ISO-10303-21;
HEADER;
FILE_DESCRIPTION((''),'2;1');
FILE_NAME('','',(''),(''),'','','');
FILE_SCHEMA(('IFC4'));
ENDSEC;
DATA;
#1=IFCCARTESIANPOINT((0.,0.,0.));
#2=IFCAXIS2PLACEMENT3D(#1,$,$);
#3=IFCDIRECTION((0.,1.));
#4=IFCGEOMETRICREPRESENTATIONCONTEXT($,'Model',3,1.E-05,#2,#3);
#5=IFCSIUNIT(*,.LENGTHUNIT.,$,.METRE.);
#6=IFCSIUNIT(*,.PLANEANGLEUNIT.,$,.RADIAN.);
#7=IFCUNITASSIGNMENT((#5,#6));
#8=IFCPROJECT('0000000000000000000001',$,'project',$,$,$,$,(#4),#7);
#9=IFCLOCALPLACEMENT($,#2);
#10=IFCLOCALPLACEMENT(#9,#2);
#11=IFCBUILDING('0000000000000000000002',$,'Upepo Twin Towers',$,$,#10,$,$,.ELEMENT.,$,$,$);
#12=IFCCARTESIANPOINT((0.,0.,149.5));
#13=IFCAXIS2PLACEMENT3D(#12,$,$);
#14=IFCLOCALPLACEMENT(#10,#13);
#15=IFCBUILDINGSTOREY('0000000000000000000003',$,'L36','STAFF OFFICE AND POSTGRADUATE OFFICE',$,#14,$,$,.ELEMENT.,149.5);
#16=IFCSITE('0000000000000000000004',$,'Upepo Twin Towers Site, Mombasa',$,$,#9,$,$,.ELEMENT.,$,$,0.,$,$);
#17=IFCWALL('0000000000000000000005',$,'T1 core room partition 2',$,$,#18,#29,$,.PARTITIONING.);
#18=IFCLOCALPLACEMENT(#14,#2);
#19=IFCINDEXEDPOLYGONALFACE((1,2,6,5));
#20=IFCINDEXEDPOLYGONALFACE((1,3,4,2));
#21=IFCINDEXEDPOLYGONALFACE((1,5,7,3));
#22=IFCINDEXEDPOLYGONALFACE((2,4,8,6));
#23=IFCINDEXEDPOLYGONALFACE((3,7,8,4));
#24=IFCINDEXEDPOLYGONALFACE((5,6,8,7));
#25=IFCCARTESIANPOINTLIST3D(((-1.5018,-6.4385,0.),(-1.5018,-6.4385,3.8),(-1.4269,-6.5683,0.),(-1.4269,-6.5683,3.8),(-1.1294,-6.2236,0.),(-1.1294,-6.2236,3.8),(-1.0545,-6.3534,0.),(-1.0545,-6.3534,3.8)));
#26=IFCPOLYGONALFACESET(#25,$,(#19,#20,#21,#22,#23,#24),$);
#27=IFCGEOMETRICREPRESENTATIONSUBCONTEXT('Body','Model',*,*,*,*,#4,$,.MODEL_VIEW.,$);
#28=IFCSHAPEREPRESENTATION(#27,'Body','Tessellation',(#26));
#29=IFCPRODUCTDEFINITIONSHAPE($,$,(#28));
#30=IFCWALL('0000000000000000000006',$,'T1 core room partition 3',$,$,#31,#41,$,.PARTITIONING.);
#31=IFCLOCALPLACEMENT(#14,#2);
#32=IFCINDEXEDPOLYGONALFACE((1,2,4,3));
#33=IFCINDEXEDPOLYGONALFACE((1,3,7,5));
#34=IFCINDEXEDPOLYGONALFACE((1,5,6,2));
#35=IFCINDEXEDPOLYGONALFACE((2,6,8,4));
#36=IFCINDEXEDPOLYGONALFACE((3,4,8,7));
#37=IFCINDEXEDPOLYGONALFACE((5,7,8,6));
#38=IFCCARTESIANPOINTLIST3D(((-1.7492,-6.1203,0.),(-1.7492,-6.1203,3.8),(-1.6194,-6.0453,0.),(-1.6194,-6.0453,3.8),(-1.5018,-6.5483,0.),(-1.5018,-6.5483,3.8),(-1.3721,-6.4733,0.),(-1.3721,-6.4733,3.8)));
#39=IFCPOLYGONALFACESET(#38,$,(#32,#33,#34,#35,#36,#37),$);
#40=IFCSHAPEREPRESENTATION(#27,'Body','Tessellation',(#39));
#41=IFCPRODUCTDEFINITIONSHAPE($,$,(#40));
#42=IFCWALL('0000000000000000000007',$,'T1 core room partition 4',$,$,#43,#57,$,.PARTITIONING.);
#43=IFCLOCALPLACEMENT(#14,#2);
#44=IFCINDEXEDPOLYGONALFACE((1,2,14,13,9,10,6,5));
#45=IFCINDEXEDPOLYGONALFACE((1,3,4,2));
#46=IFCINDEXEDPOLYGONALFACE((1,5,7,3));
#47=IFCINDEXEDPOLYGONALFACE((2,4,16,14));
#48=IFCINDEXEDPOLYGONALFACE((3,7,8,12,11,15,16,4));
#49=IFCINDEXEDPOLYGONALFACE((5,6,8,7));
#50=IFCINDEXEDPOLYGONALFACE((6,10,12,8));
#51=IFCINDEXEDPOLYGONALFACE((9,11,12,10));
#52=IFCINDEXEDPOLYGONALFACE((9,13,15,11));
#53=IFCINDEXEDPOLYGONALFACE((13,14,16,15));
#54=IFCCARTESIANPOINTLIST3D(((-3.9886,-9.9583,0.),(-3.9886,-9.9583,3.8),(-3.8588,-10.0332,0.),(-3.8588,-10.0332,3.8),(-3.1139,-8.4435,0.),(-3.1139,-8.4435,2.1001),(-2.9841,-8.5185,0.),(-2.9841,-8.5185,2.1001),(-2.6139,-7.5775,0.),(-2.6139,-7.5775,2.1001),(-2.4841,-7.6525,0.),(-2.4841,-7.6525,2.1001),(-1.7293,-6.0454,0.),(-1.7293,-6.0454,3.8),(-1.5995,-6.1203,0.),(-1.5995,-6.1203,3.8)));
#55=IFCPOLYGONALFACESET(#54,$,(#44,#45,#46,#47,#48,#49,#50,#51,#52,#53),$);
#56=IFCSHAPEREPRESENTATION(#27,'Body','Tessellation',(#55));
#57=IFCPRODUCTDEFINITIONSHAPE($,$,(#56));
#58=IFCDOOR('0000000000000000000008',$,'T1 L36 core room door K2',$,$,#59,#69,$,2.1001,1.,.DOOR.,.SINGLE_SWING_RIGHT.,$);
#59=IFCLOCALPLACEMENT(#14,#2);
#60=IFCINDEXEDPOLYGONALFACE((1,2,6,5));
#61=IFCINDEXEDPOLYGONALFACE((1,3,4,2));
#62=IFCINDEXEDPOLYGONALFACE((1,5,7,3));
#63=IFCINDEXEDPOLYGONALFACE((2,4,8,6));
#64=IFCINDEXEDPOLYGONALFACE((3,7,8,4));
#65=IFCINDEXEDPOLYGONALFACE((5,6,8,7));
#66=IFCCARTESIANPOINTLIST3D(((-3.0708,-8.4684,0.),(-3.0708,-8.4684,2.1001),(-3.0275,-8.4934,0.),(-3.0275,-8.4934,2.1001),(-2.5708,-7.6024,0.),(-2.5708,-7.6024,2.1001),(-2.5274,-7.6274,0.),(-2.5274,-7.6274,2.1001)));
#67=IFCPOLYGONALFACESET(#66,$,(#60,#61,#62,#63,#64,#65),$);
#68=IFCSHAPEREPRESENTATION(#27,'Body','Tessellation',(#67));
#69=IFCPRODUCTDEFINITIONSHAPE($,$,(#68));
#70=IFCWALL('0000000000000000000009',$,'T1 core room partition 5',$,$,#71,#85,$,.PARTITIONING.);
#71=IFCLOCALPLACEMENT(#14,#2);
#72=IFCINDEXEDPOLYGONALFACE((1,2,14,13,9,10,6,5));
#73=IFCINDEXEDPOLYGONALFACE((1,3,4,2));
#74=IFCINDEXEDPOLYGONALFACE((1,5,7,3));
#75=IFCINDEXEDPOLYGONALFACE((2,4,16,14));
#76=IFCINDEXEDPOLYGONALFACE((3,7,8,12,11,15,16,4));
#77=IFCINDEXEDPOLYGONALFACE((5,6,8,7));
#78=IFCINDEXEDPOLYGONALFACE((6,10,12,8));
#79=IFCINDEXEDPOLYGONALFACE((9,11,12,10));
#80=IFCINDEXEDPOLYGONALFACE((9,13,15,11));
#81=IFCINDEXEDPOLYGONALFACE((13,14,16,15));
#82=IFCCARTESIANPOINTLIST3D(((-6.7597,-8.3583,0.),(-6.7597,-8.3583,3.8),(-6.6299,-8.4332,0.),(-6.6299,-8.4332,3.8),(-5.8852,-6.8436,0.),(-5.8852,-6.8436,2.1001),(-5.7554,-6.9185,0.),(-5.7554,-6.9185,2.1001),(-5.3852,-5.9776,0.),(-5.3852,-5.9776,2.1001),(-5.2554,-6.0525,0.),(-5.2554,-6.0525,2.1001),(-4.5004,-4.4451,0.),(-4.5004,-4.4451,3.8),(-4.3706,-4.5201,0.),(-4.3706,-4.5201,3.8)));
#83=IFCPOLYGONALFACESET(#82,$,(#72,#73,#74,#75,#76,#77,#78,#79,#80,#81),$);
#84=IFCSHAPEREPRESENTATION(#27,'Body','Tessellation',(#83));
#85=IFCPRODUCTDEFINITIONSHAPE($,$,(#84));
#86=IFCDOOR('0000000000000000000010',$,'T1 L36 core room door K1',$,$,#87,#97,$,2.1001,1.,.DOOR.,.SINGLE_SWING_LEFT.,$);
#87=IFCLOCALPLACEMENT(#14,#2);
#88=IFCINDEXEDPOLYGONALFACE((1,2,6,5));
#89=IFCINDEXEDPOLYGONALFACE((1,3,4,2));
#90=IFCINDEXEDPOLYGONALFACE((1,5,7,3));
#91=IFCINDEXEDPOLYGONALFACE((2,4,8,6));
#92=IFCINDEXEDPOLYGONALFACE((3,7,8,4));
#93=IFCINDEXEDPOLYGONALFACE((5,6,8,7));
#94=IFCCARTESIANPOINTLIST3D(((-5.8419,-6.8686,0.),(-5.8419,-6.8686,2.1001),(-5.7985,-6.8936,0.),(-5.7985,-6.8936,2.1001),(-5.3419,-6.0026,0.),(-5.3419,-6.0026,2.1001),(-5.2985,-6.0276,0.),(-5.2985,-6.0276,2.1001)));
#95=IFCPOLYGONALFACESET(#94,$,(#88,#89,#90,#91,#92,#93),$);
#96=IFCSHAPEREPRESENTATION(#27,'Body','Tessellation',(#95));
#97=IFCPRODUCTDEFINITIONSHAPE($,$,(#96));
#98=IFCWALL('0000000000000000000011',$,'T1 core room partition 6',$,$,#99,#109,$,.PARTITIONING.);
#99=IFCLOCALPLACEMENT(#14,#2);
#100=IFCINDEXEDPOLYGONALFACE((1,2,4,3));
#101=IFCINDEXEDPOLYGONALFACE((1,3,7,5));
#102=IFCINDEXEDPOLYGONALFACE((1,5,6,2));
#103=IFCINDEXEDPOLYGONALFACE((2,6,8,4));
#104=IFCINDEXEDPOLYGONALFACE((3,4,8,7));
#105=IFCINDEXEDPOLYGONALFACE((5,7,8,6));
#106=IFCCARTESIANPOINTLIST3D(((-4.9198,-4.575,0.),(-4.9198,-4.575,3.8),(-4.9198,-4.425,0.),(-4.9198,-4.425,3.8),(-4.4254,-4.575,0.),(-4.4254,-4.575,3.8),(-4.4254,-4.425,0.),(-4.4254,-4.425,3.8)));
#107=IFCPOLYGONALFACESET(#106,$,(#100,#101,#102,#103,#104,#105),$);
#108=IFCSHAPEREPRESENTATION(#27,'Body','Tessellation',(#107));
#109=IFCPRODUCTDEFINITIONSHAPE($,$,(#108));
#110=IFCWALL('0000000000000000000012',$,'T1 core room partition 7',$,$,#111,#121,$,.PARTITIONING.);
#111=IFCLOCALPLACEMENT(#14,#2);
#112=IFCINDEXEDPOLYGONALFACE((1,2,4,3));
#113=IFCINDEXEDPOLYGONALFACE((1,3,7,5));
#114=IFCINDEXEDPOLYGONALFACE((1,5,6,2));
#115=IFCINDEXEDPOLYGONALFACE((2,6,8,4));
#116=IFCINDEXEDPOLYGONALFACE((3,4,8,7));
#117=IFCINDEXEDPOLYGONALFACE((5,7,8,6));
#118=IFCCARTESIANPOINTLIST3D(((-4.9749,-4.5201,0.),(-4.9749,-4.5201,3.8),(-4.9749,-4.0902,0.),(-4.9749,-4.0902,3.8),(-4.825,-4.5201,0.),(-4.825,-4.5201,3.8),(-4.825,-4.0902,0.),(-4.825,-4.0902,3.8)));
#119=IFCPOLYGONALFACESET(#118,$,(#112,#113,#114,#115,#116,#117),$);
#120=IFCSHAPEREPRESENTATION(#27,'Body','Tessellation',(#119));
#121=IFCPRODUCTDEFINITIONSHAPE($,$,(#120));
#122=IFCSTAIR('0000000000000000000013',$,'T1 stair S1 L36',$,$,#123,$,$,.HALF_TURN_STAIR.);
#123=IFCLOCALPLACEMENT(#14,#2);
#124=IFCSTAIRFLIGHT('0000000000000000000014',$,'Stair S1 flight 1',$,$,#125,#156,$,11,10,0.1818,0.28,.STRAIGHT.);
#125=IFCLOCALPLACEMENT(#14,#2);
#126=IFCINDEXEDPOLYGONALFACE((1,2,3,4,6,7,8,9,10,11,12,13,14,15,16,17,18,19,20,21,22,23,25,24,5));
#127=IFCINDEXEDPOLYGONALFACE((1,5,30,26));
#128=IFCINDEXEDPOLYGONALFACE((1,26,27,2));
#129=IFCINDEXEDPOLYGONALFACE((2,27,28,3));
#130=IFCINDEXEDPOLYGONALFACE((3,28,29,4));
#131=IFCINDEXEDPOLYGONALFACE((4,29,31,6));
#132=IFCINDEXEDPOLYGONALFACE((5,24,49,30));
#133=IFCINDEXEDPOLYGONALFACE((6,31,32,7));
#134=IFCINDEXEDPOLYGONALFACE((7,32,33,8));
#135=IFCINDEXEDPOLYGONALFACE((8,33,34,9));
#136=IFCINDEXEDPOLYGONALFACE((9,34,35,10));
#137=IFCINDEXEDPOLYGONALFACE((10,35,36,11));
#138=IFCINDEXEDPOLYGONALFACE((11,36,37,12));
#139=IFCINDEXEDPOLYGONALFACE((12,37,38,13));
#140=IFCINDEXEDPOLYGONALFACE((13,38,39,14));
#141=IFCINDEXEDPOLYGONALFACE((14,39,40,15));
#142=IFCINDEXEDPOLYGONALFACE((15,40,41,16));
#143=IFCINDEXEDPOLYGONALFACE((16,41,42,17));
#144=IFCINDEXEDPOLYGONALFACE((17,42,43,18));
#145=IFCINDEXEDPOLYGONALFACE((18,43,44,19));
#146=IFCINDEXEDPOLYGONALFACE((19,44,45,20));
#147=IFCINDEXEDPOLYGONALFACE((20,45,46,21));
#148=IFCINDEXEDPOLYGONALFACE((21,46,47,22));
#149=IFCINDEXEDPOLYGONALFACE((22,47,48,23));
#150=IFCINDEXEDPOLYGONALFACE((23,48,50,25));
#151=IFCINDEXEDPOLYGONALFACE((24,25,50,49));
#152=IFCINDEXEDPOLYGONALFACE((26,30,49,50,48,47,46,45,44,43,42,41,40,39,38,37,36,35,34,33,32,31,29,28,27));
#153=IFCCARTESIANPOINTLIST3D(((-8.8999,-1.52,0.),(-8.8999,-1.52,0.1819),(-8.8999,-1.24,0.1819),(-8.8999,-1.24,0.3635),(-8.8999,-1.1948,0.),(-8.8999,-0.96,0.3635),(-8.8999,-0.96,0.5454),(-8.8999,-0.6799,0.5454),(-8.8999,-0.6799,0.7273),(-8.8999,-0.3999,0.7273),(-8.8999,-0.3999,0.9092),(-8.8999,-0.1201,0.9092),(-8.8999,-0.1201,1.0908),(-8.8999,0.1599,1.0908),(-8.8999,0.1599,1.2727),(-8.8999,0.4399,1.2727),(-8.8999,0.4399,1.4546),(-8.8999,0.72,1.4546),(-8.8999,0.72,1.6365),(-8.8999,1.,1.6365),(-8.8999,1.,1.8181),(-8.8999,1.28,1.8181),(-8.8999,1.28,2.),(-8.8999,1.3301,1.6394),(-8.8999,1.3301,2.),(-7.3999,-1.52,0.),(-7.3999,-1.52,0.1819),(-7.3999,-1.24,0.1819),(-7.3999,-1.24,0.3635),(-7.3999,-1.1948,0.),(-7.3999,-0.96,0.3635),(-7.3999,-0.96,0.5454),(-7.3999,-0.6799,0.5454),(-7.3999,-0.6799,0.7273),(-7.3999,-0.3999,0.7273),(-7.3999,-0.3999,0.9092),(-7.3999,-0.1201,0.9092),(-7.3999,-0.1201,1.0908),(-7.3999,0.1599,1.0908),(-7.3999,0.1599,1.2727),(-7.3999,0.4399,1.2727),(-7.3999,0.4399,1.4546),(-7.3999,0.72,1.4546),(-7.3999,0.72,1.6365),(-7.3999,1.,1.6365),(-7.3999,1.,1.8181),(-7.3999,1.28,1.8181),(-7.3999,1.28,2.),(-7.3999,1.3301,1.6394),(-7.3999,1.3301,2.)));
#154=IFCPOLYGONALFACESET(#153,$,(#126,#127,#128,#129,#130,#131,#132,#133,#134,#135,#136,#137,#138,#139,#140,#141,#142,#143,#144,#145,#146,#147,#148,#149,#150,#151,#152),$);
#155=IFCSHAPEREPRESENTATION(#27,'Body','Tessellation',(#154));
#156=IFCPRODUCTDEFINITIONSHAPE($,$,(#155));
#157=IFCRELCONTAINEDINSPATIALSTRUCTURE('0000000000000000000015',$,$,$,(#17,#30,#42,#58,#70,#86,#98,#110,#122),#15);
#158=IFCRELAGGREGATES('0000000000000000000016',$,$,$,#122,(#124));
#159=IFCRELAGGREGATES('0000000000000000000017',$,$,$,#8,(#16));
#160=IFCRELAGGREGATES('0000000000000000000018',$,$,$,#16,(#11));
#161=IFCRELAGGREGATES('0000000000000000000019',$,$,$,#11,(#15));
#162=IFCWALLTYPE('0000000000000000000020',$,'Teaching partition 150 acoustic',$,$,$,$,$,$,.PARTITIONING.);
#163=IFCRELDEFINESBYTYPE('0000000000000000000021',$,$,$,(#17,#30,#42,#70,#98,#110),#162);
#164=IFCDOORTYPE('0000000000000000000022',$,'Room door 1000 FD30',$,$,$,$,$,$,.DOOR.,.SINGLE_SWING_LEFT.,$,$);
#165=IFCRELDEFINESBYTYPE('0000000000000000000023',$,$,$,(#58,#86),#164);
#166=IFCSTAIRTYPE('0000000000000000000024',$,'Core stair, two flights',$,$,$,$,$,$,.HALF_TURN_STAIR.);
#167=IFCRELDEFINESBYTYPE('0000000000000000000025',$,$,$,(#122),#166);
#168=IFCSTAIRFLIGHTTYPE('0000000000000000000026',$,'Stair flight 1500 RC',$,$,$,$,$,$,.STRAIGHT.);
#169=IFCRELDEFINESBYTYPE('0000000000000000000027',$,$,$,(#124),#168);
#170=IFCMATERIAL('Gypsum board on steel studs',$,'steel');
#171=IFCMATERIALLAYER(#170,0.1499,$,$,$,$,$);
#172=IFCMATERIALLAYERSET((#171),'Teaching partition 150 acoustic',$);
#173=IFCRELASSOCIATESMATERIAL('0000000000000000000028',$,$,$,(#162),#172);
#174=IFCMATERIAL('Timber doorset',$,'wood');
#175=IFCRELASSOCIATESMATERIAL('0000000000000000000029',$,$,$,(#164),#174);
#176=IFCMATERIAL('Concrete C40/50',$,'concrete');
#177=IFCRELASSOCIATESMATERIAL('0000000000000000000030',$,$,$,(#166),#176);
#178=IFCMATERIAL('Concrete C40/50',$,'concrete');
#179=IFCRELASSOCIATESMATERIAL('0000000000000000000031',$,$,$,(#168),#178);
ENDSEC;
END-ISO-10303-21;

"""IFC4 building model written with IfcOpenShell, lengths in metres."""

from ifc_helpers import new_model, si_unit, direction, frame, frame_2d, origin, place, context, subcontext, project, spatial, polyline, rectangle, outline, extrude, material, layer, layer_set, type_object, element, fill, aggregate, save


model = new_model("IFC4")

# Units and contexts
model_context = context("Model", 3, precision=1e-05, world=origin(), true_north=direction((0.0, 1.0)))
body_context = subcontext(model_context, "Body", "Model", "MODEL_VIEW")
ifc_project = project(units=[si_unit("LENGTHUNIT", "METRE"), si_unit("PLANEANGLEUNIT", "RADIAN")], contexts=[model_context])

# Site, building, storey
site_placement = place(None, origin())
site = spatial("IfcSite", under=ifc_project, at=site_placement, Name="Upepo Twin Towers Site, Mombasa", CompositionType="ELEMENT", RefElevation=0.0)
building_placement = place(site_placement, origin())
building = spatial("IfcBuilding", under=site, at=building_placement, Name="Upepo Twin Towers", CompositionType="ELEMENT")
storey_placement = place(building_placement, frame((0.0, 0.0, 149.5)))
storey = spatial("IfcBuildingStorey", under=building, at=storey_placement, Name="L36", Description="STAFF OFFICE AND POSTGRADUATE OFFICE", CompositionType="ELEMENT", Elevation=149.5)

# Walls
ifc_material_1 = material(Name="Gypsum board on steel studs", Category="steel")
ifc_layer_1 = layer(ifc_material_1, 0.1499)
ifc_layer_set_1 = layer_set([ifc_layer_1], Name="Teaching partition 150 acoustic")
wall_type_1 = type_object("IfcWallType", Name="Teaching partition 150 acoustic", PredefinedType="PARTITIONING", material=ifc_layer_set_1)
wall_1_placement = place(storey_placement, frame((-1.092, -6.2886, 0.0), z_axis=(0.0, 0.0, 1.0), x_axis=(-0.866138, -0.499804, 0.0)))
element("IfcWall", 1, at=wall_1_placement, inside=storey, type_object=wall_type_1, Name="T1 core room partition 2", PredefinedType="PARTITIONING", context=body_context, shape_type="SweptSolid", body=[
    extrude(rectangle(XDim=0.4299, YDim=0.1499, at=frame_2d((0.2148, 0.0))), origin(), (0.0, 0.0, 1.0), 3.8),
])
wall_2_placement = place(storey_placement, frame((-1.437, -6.5107, 0.0), z_axis=(0.0, 0.0, 1.0), x_axis=(-0.500335, 0.865832, 0.0)))
element("IfcWall", 2, at=wall_2_placement, inside=storey, type_object=wall_type_1, Name="T1 core room partition 3", PredefinedType="PARTITIONING", context=body_context, shape_type="SweptSolid", body=[
    extrude(rectangle(XDim=0.4944, YDim=0.1499, at=frame_2d((0.2471, 0.0))), origin(), (0.0, 0.0, 1.0), 3.8),
])

# Walls, openings, doors
wall_3_placement = place(storey_placement, frame((-1.6643, -6.0828, 0.0), z_axis=(0.0, 0.0, 1.0), x_axis=(-0.500033, -0.866007, 0.0)))
wall_3 = element("IfcWall", 3, at=wall_3_placement, inside=storey, type_object=wall_type_1, Name="T1 core room partition 4", PredefinedType="PARTITIONING", context=body_context, shape_type="SweptSolid", body=[
    extrude(rectangle(XDim=4.5183, YDim=0.1499, at=frame_2d((2.2593, 0.0))), origin(), (0.0, 0.0, 1.0), 3.8),
])
opening_1_placement = place(wall_3_placement, frame((1.7693, 0.0, 0.0)))
opening_1 = element("IfcOpeningElement", 4, at=opening_1_placement, cuts=wall_3, PredefinedType="OPENING", context=body_context, shape_type="SweptSolid", body=[
    extrude(rectangle(XDim=1.0, YDim=2.1001, at=frame_2d((0.5, 1.05))), frame((0.0, 0.085, 0.0), z_axis=(0.0, -1.0, 0.0), x_axis=(1.0, 0.0, 0.0)), (0.0, 0.0, 1.0), 0.1699),
])
ifc_material_2 = material(Name="Timber doorset", Category="wood")
door_type_1 = type_object("IfcDoorType", Name="Room door 1000 FD30", OperationType="SINGLE_SWING_LEFT", PredefinedType="DOOR", material=ifc_material_2)
door_1_placement = place(opening_1_placement, origin())
door_1 = element("IfcDoor", 5, at=door_1_placement, inside=storey, type_object=door_type_1, Name="T1 L36 core room door K2", OperationType="SINGLE_SWING_RIGHT", OverallHeight=2.1001, OverallWidth=1.0, PredefinedType="DOOR", context=body_context, shape_type="SweptSolid", body=[
    extrude(rectangle(XDim=1.0, YDim=2.1001, at=frame_2d((0.5, 1.05))), frame((0.0, 0.0249, 0.0), z_axis=(0.0, -1.0, 0.0), x_axis=(1.0, 0.0, 0.0)), (0.0, 0.0, 1.0), 0.05),
])
fill(opening_1, door_1)
wall_4_placement = place(storey_placement, frame((-6.6948, -8.3958, 0.0), z_axis=(0.0, 0.0, 1.0), x_axis=(0.500009, 0.86602, 0.0)))
wall_4 = element("IfcWall", 6, at=wall_4_placement, inside=storey, type_object=wall_type_1, Name="T1 core room partition 5", PredefinedType="PARTITIONING", context=body_context, shape_type="SweptSolid", body=[
    extrude(rectangle(XDim=4.5186, YDim=0.1499, at=frame_2d((2.2593, 0.0))), origin(), (0.0, 0.0, 1.0), 3.8),
])
opening_2_placement = place(wall_4_placement, frame((1.749, 0.0, 0.0)))
opening_2 = element("IfcOpeningElement", 7, at=opening_2_placement, cuts=wall_4, PredefinedType="OPENING", context=body_context, shape_type="SweptSolid", body=[
    extrude(rectangle(XDim=1.0, YDim=2.1001, at=frame_2d((0.5, 1.05))), frame((0.0, 0.085, 0.0), z_axis=(0.0, -1.0, 0.0), x_axis=(1.0, 0.0, 0.0)), (0.0, 0.0, 1.0), 0.1699),
])
door_2_placement = place(opening_2_placement, origin())
door_2 = element("IfcDoor", 8, at=door_2_placement, inside=storey, type_object=door_type_1, Name="T1 L36 core room door K1", OperationType="SINGLE_SWING_LEFT", OverallHeight=2.1001, OverallWidth=1.0, PredefinedType="DOOR", context=body_context, shape_type="SweptSolid", body=[
    extrude(rectangle(XDim=1.0, YDim=2.1001, at=frame_2d((0.5, 1.05))), frame((0.0, 0.0249, 0.0), z_axis=(0.0, -1.0, 0.0), x_axis=(1.0, 0.0, 0.0)), (0.0, 0.0, 1.0), 0.05),
])
fill(opening_2, door_2)

# Walls
wall_5_placement = place(storey_placement, frame((-4.4255, -4.5, 0.0), z_axis=(0.0, 0.0, 1.0), x_axis=(-1.0, 0.0, 0.0)))
element("IfcWall", 9, at=wall_5_placement, inside=storey, type_object=wall_type_1, Name="T1 core room partition 6", PredefinedType="PARTITIONING", context=body_context, shape_type="SweptSolid", body=[
    extrude(rectangle(XDim=0.4944, YDim=0.1499, at=frame_2d((0.2471, 0.0))), origin(), (0.0, 0.0, 1.0), 3.8),
])
wall_6_placement = place(storey_placement, frame((-4.8999, -4.52, 0.0), z_axis=(0.0, 0.0, 1.0), x_axis=(0.0, 1.0, 0.0)))
element("IfcWall", 10, at=wall_6_placement, inside=storey, type_object=wall_type_1, Name="T1 core room partition 7", PredefinedType="PARTITIONING", context=body_context, shape_type="SweptSolid", body=[
    extrude(rectangle(XDim=0.4299, YDim=0.1499, at=frame_2d((0.2148, 0.0))), origin(), (0.0, 0.0, 1.0), 3.8),
])

# Stair, stair flight
ifc_material_3 = material(Name="Concrete C40/50", Category="concrete")
stair_type = type_object("IfcStairType", Name="Core stair, two flights", PredefinedType="HALF_TURN_STAIR", material=ifc_material_3)
stair_placement = place(storey_placement, origin())
stair = element("IfcStair", 11, at=stair_placement, inside=storey, type_object=stair_type, Name="T1 stair S1 L36", PredefinedType="HALF_TURN_STAIR")
ifc_material_4 = material(Name="Concrete C40/50", Category="concrete")
stair_flight_type = type_object("IfcStairFlightType", Name="Stair flight 1500 RC", PredefinedType="STRAIGHT", material=ifc_material_4)
stair_flight_1_placement = place(storey_placement, frame((-8.1499, -1.52, 0.0), z_axis=(0.0, 0.0, 1.0), x_axis=(0.0, 1.0, 0.0)))
stair_flight_1 = element("IfcStairFlight", 12, at=stair_flight_1_placement, type_object=stair_flight_type, Name="Stair S1 flight 1", NumberOfRisers=11, NumberOfTreads=10, PredefinedType="STRAIGHT", RiserHeight=0.1818, TreadLength=0.28, context=body_context, shape_type="SweptSolid", body=[
    extrude(outline(polyline([(0.0, 0.0), (0.0, 0.1819), (0.28, 0.1819), (0.28, 0.3635), (0.5601, 0.3635), (0.5601, 0.5454), (0.8401, 0.5454), (0.8401, 0.7273), (1.1201, 0.7273), (1.1201, 0.9092), (1.3999, 0.9092), (1.3999, 1.0908), (1.6799, 1.0908), (1.6799, 1.2727), (1.96, 1.2727), (1.96, 1.4546), (2.24, 1.4546), (2.24, 1.6365), (2.52, 1.6365), (2.52, 1.8181), (2.8, 1.8181), (2.8, 2.0), (2.8501, 2.0), (2.8501, 1.6394), (0.3252, 0.0), (0.0, 0.0)])), frame((0.0, 0.75, 0.0), z_axis=(0.0, -1.0, 0.0), x_axis=(1.0, 0.0, 0.0)), (0.0, 0.0, 1.0), 1.5),
])
aggregate(stair, [stair_flight_1])

save(model, "model.ifc")
